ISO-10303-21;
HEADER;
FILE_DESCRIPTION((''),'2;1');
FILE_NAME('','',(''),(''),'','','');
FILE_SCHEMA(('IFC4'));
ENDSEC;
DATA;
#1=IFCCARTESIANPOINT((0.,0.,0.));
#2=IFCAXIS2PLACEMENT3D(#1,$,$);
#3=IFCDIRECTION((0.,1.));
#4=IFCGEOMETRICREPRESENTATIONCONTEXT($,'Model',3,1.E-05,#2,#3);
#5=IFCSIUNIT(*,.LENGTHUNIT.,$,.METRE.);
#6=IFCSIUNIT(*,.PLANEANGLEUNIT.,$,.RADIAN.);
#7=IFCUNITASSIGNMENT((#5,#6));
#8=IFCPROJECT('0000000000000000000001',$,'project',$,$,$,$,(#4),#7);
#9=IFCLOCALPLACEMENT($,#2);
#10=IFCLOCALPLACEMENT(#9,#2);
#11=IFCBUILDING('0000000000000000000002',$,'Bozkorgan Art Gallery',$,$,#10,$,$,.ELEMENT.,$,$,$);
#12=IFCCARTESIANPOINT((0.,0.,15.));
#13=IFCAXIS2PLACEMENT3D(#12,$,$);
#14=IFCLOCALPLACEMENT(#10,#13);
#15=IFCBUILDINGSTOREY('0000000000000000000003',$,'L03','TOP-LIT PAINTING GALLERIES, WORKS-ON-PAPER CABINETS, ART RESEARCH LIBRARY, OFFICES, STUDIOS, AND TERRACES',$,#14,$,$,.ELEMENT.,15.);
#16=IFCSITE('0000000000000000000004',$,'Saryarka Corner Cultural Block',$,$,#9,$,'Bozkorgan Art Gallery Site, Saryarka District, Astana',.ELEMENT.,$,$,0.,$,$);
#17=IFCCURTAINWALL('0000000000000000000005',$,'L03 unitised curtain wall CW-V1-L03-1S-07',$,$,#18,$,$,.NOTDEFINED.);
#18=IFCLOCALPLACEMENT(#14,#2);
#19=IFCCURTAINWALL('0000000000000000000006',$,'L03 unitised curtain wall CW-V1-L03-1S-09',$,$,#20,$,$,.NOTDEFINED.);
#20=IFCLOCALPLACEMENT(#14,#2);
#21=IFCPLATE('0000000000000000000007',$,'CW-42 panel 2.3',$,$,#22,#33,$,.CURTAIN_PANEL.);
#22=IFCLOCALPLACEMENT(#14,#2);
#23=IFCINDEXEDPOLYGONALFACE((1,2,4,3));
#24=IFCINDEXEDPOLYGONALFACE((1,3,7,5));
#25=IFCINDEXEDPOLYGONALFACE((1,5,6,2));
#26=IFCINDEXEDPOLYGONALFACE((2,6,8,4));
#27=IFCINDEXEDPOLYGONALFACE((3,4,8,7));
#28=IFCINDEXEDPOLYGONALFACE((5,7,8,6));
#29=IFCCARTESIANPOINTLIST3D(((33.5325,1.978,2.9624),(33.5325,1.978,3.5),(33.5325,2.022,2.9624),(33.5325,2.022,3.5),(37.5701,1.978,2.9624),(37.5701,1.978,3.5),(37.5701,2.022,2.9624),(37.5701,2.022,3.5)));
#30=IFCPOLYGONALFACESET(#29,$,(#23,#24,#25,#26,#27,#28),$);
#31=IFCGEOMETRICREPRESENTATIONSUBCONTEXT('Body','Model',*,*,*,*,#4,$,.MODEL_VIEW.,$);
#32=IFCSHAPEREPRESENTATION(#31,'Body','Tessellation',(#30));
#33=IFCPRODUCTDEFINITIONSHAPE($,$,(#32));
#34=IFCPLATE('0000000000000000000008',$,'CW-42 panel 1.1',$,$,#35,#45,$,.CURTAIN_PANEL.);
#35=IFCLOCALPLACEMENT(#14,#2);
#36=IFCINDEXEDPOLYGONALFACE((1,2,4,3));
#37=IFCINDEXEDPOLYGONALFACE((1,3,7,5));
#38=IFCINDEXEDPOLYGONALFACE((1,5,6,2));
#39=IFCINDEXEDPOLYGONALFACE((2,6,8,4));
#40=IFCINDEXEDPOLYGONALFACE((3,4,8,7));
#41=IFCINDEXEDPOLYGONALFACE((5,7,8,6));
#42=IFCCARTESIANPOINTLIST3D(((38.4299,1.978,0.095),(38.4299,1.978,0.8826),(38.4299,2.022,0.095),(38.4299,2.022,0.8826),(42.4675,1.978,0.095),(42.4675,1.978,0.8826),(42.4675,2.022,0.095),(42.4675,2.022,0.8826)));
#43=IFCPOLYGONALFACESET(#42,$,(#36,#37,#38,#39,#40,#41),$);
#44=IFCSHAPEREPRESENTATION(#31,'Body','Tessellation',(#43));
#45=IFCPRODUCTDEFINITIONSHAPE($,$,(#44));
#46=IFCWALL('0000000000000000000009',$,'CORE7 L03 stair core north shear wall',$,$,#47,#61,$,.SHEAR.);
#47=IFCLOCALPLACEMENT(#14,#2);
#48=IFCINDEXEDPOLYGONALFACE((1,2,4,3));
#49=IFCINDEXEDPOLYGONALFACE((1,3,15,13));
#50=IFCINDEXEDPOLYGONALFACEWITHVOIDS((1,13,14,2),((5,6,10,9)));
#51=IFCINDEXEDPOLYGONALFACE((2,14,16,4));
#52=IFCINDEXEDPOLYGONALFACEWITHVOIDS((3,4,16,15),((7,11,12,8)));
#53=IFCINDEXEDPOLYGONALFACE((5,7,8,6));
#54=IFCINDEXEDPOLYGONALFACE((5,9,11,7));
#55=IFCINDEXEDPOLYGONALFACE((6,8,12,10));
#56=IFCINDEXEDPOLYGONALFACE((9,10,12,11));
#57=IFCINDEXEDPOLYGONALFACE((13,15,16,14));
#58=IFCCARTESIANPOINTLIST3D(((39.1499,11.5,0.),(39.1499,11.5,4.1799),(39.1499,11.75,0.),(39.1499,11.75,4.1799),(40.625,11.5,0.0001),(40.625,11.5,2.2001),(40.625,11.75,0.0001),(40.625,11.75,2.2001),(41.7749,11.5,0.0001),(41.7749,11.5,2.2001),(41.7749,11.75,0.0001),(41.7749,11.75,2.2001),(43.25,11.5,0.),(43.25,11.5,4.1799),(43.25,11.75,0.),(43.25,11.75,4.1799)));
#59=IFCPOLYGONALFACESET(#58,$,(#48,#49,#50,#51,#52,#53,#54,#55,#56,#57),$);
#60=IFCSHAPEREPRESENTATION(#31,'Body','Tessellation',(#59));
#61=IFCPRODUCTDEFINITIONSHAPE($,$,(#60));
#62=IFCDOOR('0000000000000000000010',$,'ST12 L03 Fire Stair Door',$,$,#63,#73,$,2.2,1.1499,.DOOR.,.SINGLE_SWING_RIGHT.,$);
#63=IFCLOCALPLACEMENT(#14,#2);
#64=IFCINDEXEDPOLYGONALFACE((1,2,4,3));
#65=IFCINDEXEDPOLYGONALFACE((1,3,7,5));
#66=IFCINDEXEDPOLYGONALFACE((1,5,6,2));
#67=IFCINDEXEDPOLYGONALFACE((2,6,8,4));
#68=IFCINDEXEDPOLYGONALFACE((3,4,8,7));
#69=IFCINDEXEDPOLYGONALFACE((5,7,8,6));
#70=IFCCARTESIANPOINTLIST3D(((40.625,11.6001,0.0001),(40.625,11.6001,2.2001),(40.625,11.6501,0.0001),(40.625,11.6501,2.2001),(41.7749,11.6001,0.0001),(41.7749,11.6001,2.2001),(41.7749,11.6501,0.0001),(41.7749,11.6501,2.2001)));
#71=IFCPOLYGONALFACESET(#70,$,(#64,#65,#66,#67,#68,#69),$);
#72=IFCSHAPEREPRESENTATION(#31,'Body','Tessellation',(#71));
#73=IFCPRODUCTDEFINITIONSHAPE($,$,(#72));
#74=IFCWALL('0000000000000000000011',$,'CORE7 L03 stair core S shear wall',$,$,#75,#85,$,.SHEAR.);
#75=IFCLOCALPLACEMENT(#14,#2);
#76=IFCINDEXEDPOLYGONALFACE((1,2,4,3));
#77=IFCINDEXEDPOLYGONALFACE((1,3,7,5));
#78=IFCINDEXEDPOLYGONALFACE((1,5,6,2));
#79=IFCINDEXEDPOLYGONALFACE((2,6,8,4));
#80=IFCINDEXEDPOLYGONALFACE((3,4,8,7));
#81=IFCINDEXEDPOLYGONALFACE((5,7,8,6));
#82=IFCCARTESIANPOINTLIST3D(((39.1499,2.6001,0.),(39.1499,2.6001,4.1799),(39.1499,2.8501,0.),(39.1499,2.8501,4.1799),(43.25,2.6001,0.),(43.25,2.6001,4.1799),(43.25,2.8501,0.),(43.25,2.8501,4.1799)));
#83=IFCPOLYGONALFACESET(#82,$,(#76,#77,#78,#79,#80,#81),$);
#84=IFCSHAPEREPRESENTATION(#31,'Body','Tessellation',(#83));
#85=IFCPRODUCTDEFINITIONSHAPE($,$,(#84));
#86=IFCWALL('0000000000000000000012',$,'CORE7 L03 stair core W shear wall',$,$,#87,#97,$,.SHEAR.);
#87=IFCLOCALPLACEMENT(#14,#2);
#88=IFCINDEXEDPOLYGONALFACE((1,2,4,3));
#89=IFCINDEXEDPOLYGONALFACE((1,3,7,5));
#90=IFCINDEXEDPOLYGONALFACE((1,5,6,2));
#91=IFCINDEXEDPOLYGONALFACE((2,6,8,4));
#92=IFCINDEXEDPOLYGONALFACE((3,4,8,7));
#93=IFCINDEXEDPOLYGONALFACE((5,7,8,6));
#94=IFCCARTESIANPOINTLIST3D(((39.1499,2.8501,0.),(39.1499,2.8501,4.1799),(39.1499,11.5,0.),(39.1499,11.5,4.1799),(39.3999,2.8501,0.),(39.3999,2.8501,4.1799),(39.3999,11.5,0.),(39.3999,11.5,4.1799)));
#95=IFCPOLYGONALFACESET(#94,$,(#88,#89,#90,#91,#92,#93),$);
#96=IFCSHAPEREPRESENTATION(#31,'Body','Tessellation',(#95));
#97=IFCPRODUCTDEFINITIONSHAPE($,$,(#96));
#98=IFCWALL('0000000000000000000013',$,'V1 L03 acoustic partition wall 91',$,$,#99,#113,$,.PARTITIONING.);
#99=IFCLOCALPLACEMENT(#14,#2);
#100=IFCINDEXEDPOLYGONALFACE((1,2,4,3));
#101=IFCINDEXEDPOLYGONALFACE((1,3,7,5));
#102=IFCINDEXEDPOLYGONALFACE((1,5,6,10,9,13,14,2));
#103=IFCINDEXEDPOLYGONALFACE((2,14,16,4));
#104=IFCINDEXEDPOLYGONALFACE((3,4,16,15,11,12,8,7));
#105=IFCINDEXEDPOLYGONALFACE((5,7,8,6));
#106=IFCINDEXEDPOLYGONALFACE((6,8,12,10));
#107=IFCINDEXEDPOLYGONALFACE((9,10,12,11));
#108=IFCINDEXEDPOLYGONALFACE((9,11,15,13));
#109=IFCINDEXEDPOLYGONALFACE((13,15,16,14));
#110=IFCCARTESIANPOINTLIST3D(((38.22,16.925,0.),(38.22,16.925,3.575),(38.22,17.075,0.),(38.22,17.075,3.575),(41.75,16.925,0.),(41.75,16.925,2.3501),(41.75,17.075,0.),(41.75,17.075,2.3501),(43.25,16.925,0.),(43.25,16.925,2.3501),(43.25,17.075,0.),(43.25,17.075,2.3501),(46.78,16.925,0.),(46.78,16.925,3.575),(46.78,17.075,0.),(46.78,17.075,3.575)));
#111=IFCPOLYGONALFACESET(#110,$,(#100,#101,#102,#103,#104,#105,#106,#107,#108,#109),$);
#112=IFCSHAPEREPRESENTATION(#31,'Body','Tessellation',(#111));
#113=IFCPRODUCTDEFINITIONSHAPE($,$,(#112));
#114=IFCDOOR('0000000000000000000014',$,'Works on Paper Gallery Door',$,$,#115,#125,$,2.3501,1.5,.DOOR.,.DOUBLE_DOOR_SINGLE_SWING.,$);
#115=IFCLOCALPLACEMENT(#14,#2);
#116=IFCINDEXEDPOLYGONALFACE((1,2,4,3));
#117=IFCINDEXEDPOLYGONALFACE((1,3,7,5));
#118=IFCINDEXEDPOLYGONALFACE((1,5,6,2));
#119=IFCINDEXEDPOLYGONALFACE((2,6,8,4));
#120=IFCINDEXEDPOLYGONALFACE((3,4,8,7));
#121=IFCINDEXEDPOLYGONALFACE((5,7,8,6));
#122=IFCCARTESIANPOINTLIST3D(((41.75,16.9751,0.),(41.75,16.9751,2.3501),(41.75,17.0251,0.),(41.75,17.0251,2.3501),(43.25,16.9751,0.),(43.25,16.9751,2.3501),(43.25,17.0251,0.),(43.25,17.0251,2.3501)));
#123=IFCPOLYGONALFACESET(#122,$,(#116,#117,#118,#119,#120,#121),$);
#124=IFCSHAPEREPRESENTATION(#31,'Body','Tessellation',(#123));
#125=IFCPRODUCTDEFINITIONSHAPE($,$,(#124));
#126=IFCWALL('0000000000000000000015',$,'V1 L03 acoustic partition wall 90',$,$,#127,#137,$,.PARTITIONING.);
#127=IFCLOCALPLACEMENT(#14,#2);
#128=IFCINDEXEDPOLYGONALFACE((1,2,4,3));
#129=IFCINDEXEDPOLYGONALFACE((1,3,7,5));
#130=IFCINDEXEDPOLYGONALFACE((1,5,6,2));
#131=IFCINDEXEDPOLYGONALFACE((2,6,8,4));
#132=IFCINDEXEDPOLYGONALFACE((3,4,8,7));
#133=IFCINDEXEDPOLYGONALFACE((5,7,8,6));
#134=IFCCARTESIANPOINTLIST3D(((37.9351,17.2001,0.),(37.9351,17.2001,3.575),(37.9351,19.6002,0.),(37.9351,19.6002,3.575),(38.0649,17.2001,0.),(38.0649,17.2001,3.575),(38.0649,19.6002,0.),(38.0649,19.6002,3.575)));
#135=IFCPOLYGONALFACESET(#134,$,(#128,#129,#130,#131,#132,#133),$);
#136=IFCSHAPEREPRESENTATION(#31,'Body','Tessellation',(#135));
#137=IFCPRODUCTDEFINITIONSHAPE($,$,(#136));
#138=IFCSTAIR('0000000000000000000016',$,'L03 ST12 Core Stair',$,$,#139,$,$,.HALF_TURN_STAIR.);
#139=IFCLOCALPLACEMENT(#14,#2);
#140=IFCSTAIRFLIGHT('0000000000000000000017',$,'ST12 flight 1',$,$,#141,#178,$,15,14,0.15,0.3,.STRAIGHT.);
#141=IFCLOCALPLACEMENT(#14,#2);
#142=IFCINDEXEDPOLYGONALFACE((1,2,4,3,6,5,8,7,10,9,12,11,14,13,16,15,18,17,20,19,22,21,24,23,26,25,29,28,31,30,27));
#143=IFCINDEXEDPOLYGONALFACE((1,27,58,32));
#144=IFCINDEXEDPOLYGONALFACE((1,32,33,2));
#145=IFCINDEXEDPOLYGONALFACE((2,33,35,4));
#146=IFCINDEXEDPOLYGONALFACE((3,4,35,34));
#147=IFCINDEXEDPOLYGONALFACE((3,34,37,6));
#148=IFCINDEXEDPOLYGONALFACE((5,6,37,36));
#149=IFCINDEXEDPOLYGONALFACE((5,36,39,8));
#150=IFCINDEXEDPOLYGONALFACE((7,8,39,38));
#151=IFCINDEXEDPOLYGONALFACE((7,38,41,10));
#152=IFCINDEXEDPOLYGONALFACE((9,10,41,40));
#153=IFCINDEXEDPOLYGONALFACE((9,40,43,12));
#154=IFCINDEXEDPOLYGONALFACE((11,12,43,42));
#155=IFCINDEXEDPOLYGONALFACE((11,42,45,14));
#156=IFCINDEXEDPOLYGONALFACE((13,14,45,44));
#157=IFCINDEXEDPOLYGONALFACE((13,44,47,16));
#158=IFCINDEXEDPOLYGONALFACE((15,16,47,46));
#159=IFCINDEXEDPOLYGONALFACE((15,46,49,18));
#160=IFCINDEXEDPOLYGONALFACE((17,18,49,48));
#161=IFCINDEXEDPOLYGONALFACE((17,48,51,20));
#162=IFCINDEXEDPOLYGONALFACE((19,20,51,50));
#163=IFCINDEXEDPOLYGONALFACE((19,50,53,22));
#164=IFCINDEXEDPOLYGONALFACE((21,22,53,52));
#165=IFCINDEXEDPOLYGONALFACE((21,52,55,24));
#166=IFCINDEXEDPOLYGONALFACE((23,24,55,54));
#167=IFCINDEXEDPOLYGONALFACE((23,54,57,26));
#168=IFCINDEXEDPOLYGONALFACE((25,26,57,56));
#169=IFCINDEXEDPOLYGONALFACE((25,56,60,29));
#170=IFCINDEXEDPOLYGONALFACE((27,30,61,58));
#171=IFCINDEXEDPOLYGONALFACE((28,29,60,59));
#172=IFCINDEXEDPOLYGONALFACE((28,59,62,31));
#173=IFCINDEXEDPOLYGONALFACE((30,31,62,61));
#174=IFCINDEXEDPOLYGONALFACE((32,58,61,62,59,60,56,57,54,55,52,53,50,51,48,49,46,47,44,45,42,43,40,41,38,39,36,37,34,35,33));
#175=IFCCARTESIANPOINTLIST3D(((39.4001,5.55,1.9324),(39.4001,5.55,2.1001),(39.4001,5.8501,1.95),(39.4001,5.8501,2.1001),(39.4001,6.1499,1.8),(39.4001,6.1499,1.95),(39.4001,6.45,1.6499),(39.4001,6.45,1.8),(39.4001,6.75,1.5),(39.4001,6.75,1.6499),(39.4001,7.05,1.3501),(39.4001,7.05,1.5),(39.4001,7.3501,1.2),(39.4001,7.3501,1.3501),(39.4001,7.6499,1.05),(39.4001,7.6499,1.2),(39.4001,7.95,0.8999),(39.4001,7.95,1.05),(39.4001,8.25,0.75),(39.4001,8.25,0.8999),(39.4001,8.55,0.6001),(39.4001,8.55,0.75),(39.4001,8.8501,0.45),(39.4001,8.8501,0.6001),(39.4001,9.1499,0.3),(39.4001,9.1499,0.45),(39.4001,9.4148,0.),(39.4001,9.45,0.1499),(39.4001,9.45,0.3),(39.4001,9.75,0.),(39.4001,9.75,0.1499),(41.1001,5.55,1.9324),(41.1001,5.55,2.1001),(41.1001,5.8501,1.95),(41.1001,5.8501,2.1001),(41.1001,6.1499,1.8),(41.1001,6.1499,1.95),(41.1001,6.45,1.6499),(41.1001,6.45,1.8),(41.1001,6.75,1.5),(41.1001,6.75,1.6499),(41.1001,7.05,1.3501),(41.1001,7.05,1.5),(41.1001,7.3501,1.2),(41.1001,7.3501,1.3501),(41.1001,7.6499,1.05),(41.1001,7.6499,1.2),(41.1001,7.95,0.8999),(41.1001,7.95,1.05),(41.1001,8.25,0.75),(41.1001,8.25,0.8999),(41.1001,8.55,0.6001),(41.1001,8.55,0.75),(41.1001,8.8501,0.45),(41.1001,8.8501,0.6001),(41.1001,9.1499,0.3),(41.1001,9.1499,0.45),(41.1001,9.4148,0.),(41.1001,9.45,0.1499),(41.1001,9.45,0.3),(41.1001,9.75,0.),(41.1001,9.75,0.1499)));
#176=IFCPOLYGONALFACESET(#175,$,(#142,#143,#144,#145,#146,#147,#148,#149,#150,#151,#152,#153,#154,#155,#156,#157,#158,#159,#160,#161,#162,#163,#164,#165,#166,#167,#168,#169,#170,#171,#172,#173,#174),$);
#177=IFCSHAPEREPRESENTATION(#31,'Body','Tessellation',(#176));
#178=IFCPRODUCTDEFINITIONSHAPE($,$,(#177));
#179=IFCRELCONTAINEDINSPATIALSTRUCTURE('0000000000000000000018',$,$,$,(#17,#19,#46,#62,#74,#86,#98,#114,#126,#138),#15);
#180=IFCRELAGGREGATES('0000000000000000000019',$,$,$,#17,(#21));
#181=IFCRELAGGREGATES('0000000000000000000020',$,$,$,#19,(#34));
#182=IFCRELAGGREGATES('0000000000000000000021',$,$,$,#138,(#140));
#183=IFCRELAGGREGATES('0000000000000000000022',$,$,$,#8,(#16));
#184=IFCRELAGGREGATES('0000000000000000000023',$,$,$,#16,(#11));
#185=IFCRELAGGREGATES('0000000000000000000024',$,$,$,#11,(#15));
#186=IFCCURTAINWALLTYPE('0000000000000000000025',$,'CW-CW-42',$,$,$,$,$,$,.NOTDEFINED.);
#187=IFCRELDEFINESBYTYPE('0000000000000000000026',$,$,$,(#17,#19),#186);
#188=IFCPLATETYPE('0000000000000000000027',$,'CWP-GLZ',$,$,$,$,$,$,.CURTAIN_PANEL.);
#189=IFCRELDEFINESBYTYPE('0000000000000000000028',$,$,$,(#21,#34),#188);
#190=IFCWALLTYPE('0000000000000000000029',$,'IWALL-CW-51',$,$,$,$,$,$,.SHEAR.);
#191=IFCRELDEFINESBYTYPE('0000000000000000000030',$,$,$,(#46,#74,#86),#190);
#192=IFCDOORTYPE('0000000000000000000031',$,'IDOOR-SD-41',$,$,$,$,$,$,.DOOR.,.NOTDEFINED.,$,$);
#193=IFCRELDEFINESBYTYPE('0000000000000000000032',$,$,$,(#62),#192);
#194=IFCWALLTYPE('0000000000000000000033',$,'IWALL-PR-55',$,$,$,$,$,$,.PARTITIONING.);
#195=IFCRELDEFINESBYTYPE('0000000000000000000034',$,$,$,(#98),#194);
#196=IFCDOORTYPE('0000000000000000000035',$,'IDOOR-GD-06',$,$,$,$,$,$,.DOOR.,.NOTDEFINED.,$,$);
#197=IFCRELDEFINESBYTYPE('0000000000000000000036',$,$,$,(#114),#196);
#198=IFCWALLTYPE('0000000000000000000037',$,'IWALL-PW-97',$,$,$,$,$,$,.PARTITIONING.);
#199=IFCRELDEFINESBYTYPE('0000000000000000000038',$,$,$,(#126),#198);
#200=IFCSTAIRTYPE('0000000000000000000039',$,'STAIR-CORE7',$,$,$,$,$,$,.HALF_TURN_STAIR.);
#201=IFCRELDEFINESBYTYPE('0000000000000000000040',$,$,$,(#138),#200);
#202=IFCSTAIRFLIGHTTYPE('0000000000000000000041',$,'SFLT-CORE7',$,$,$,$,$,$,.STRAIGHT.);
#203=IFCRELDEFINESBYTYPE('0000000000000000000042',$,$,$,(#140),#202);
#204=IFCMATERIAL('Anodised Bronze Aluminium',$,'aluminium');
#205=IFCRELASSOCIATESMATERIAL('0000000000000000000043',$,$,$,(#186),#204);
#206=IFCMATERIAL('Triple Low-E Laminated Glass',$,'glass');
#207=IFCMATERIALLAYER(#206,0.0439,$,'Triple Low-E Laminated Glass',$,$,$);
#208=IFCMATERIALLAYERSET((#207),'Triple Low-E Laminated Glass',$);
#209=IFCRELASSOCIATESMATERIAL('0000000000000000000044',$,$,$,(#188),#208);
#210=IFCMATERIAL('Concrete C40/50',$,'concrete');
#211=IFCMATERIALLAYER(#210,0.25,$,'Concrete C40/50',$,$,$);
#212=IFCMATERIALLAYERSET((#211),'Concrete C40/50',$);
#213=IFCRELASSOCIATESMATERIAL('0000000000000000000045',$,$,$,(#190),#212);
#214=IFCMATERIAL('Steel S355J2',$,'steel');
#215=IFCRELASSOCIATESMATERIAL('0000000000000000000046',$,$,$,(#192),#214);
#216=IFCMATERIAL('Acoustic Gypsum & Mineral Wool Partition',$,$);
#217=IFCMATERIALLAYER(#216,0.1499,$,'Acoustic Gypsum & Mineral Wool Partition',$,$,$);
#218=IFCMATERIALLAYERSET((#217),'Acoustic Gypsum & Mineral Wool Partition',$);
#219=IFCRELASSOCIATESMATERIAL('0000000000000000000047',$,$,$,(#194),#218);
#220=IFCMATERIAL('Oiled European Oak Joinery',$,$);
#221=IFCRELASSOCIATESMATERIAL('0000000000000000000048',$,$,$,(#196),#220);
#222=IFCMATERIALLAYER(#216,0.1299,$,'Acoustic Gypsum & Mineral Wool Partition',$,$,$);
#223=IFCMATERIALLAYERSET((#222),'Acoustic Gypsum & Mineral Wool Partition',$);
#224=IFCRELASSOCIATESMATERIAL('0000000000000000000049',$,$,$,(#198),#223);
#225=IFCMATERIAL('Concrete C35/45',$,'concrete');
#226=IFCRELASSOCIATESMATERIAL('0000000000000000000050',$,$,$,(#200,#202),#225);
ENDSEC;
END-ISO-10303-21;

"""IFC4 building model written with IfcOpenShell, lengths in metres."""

from ifc_helpers import new_model, si_unit, direction, frame, frame_2d, origin, origin_2d, place, context, subcontext, project, spatial, polyline, rectangle, outline, extrude, material, layer, layer_set, type_object, element, fill, aggregate, save


model = new_model("IFC4")

# Units and contexts
model_context = context("Model", 3, precision=1e-05, world=origin(), true_north=direction((0.0, 1.0)))
body_context = subcontext(model_context, "Body", "Model", "MODEL_VIEW")
ifc_project = project(units=[si_unit("LENGTHUNIT", "METRE"), si_unit("PLANEANGLEUNIT", "RADIAN")], contexts=[model_context])

# Site, building, storey
site_placement = place(None, origin())
site = spatial("IfcSite", under=ifc_project, at=site_placement, Name="Saryarka Corner Cultural Block", LongName="Bozkorgan Art Gallery Site, Saryarka District, Astana", CompositionType="ELEMENT", RefElevation=0.0)
building_placement = place(site_placement, origin())
building = spatial("IfcBuilding", under=site, at=building_placement, Name="Bozkorgan Art Gallery", CompositionType="ELEMENT")
storey_placement = place(building_placement, frame((0.0, 0.0, 15.0)))
storey = spatial("IfcBuildingStorey", under=building, at=storey_placement, Name="L03", Description="TOP-LIT PAINTING GALLERIES, WORKS-ON-PAPER CABINETS, ART RESEARCH LIBRARY, OFFICES, STUDIOS, AND TERRACES", CompositionType="ELEMENT", Elevation=15.0)

# Shared definitions
ifc_material_1 = material(Name="Concrete C40/50", Category="concrete")

# Shared definitions
ifc_material_2 = material(Name="Steel S355J2", Category="steel")

# Curtain walls
ifc_material_3 = material(Name="Anodised Bronze Aluminium", Category="aluminium")
curtain_wall_type = type_object("IfcCurtainWallType", Name="CW-CW-42", PredefinedType="NOTDEFINED", material=ifc_material_3)
curtain_wall_1_placement = place(storey_placement, origin())
curtain_wall_1 = element("IfcCurtainWall", 1, at=curtain_wall_1_placement, inside=storey, type_object=curtain_wall_type, Name="L03 unitised curtain wall CW-V1-L03-1S-07", PredefinedType="NOTDEFINED")
curtain_wall_2_placement = place(storey_placement, origin())
curtain_wall_2 = element("IfcCurtainWall", 2, at=curtain_wall_2_placement, inside=storey, type_object=curtain_wall_type, Name="L03 unitised curtain wall CW-V1-L03-1S-09", PredefinedType="NOTDEFINED")

# Plates
ifc_material_4 = material(Name="Triple Low-E Laminated Glass", Category="glass")
ifc_layer_1 = layer(ifc_material_4, 0.0439, Name="Triple Low-E Laminated Glass")
ifc_layer_set_1 = layer_set([ifc_layer_1], Name="Triple Low-E Laminated Glass")
plate_type = type_object("IfcPlateType", Name="CWP-GLZ", PredefinedType="CURTAIN_PANEL", material=ifc_layer_set_1)
plate_1_placement = place(storey_placement, frame((35.5513, 2.0, 2.9624), z_axis=(0.0, 0.0, 1.0), x_axis=(1.0, 0.0, 0.0)))
plate_1 = element("IfcPlate", 3, at=plate_1_placement, type_object=plate_type, Name="CW-42 panel 2.3", PredefinedType="CURTAIN_PANEL", context=body_context, shape_type="SweptSolid", body=[
    extrude(rectangle(XDim=4.0376, YDim=0.0439, at=origin_2d()), origin(), (0.0, 0.0, 1.0), 0.5376),
])
aggregate(curtain_wall_1, [plate_1])
plate_2_placement = place(storey_placement, frame((40.4487, 2.0, 0.095), z_axis=(0.0, 0.0, 1.0), x_axis=(1.0, 0.0, 0.0)))
plate_2 = element("IfcPlate", 4, at=plate_2_placement, type_object=plate_type, Name="CW-42 panel 1.1", PredefinedType="CURTAIN_PANEL", context=body_context, shape_type="SweptSolid", body=[
    extrude(rectangle(XDim=4.0376, YDim=0.0439, at=origin_2d()), origin(), (0.0, 0.0, 1.0), 0.7876),
])
aggregate(curtain_wall_2, [plate_2])

# Wall, opening, door
ifc_layer_2 = layer(ifc_material_1, 0.25, Name="Concrete C40/50")
ifc_layer_set_2 = layer_set([ifc_layer_2], Name="Concrete C40/50")
wall_type_1 = type_object("IfcWallType", Name="IWALL-CW-51", PredefinedType="SHEAR", material=ifc_layer_set_2)
wall_1_placement = place(storey_placement, frame((39.1499, 11.625, 0.0), z_axis=(0.0, 0.0, 1.0), x_axis=(1.0, 0.0, 0.0)))
wall_1 = element("IfcWall", 5, at=wall_1_placement, inside=storey, type_object=wall_type_1, Name="CORE7 L03 stair core north shear wall", PredefinedType="SHEAR", context=body_context, shape_type="SweptSolid", body=[
    extrude(rectangle(XDim=4.1001, YDim=0.25, at=frame_2d((2.05, 0.0))), origin(), (0.0, 0.0, 1.0), 4.1799),
])
opening_1_placement = place(wall_1_placement, frame((2.625, 0.0, 0.0), z_axis=(0.0, 0.0, 1.0), x_axis=(-1.0, 0.0, 0.0)))
opening_1 = element("IfcOpeningElement", 6, at=opening_1_placement, cuts=wall_1, PredefinedType="OPENING", context=body_context, shape_type="SweptSolid", body=[
    extrude(rectangle(XDim=1.1499, YDim=2.2, at=frame_2d((0.575, 1.1001))), frame((0.0, 0.135, 0.0), z_axis=(0.0, -1.0, 0.0), x_axis=(1.0, 0.0, 0.0)), (0.0, 0.0, 1.0), 0.27),
])
door_type_1 = type_object("IfcDoorType", Name="IDOOR-SD-41", OperationType="NOTDEFINED", PredefinedType="DOOR", material=ifc_material_2)
door_1_placement = place(opening_1_placement, origin())
door_1 = element("IfcDoor", 7, at=door_1_placement, inside=storey, type_object=door_type_1, Name="ST12 L03 Fire Stair Door", OperationType="SINGLE_SWING_RIGHT", OverallHeight=2.2, OverallWidth=1.1499, PredefinedType="DOOR", context=body_context, shape_type="SweptSolid", body=[
    extrude(rectangle(XDim=1.1499, YDim=2.2, at=frame_2d((0.575, 1.1001))), frame((0.0, 0.0249, 0.0), z_axis=(0.0, -1.0, 0.0), x_axis=(1.0, 0.0, 0.0)), (0.0, 0.0, 1.0), 0.05),
])
fill(opening_1, door_1)

# Walls
wall_2_placement = place(storey_placement, frame((39.1499, 2.7251, 0.0), z_axis=(0.0, 0.0, 1.0), x_axis=(1.0, 0.0, 0.0)))
element("IfcWall", 8, at=wall_2_placement, inside=storey, type_object=wall_type_1, Name="CORE7 L03 stair core S shear wall", PredefinedType="SHEAR", context=body_context, shape_type="SweptSolid", body=[
    extrude(rectangle(XDim=4.1001, YDim=0.25, at=frame_2d((2.05, 0.0))), origin(), (0.0, 0.0, 1.0), 4.1799),
])
wall_3_placement = place(storey_placement, frame((39.2749, 2.8501, 0.0), z_axis=(0.0, 0.0, 1.0), x_axis=(0.0, 1.0, 0.0)))
element("IfcWall", 9, at=wall_3_placement, inside=storey, type_object=wall_type_1, Name="CORE7 L03 stair core W shear wall", PredefinedType="SHEAR", context=body_context, shape_type="SweptSolid", body=[
    extrude(rectangle(XDim=8.6499, YDim=0.25, at=frame_2d((4.325, 0.0))), origin(), (0.0, 0.0, 1.0), 4.1799),
])

# Wall, opening, door
ifc_material_5 = material(Name="Acoustic Gypsum & Mineral Wool Partition")
ifc_layer_3 = layer(ifc_material_5, 0.1499, Name="Acoustic Gypsum & Mineral Wool Partition")
ifc_layer_set_3 = layer_set([ifc_layer_3], Name="Acoustic Gypsum & Mineral Wool Partition")
wall_type_2 = type_object("IfcWallType", Name="IWALL-PR-55", PredefinedType="PARTITIONING", material=ifc_layer_set_3)
wall_4_placement = place(storey_placement, frame((38.22, 17.0, 0.0), z_axis=(0.0, 0.0, 1.0), x_axis=(1.0, 0.0, 0.0)))
wall_4 = element("IfcWall", 10, at=wall_4_placement, inside=storey, type_object=wall_type_2, Name="V1 L03 acoustic partition wall 91", PredefinedType="PARTITIONING", context=body_context, shape_type="SweptSolid", body=[
    extrude(rectangle(XDim=8.5601, YDim=0.1499, at=frame_2d((4.28, 0.0))), origin(), (0.0, 0.0, 1.0), 3.575),
])
opening_2_placement = place(wall_4_placement, frame((5.03, 0.0, 0.0), z_axis=(0.0, 0.0, 1.0), x_axis=(-1.0, 0.0, 0.0)))
opening_2 = element("IfcOpeningElement", 11, at=opening_2_placement, cuts=wall_4, PredefinedType="OPENING", context=body_context, shape_type="SweptSolid", body=[
    extrude(rectangle(XDim=1.5, YDim=2.3501, at=frame_2d((0.75, 1.175))), frame((0.0, 0.085, 0.0), z_axis=(0.0, -1.0, 0.0), x_axis=(1.0, 0.0, 0.0)), (0.0, 0.0, 1.0), 0.1699),
])
ifc_material_6 = material(Name="Oiled European Oak Joinery")
door_type_2 = type_object("IfcDoorType", Name="IDOOR-GD-06", OperationType="NOTDEFINED", PredefinedType="DOOR", material=ifc_material_6)
door_2_placement = place(opening_2_placement, origin())
door_2 = element("IfcDoor", 12, at=door_2_placement, inside=storey, type_object=door_type_2, Name="Works on Paper Gallery Door", OperationType="DOUBLE_DOOR_SINGLE_SWING", OverallHeight=2.3501, OverallWidth=1.5, PredefinedType="DOOR", context=body_context, shape_type="SweptSolid", body=[
    extrude(rectangle(XDim=1.5, YDim=2.3501, at=frame_2d((0.75, 1.175))), frame((0.0, 0.0249, 0.0), z_axis=(0.0, -1.0, 0.0), x_axis=(1.0, 0.0, 0.0)), (0.0, 0.0, 1.0), 0.05),
])
fill(opening_2, door_2)

# Wall
ifc_layer_4 = layer(ifc_material_5, 0.1299, Name="Acoustic Gypsum & Mineral Wool Partition")
ifc_layer_set_4 = layer_set([ifc_layer_4], Name="Acoustic Gypsum & Mineral Wool Partition")
wall_type_3 = type_object("IfcWallType", Name="IWALL-PW-97", PredefinedType="PARTITIONING", material=ifc_layer_set_4)
wall_5_placement = place(storey_placement, frame((38.0, 17.2, 0.0), z_axis=(0.0, 0.0, 1.0), x_axis=(0.0, 1.0, 0.0)))
element("IfcWall", 13, at=wall_5_placement, inside=storey, type_object=wall_type_3, Name="V1 L03 acoustic partition wall 90", PredefinedType="PARTITIONING", context=body_context, shape_type="SweptSolid", body=[
    extrude(rectangle(XDim=2.4001, YDim=0.1299, at=frame_2d((1.2002, 0.0))), origin(), (0.0, 0.0, 1.0), 3.575),
])

# Stair, stair flight
ifc_material_7 = material(Name="Concrete C35/45", Category="concrete")
stair_type = type_object("IfcStairType", Name="STAIR-CORE7", PredefinedType="HALF_TURN_STAIR", material=ifc_material_7)
stair_placement = place(storey_placement, origin())
stair = element("IfcStair", 14, at=stair_placement, inside=storey, type_object=stair_type, Name="L03 ST12 Core Stair", PredefinedType="HALF_TURN_STAIR")
stair_flight_type = type_object("IfcStairFlightType", Name="SFLT-CORE7", PredefinedType="STRAIGHT", material=ifc_material_7)
stair_flight_placement = place(storey_placement, frame((40.25, 9.75, 0.0), z_axis=(0.0, 0.0, 1.0), x_axis=(0.0, -1.0, 0.0)))
stair_flight = element("IfcStairFlight", 15, at=stair_flight_placement, type_object=stair_flight_type, Name="ST12 flight 1", NumberOfRisers=15, NumberOfTreads=14, PredefinedType="STRAIGHT", RiserHeight=0.15, TreadLength=0.3, context=body_context, shape_type="SweptSolid", body=[
    extrude(outline(polyline([(0.0, 0.0), (0.0, 0.1499), (0.3, 0.1499), (0.3, 0.3), (0.6001, 0.3), (0.6001, 0.45), (0.8999, 0.45), (0.8999, 0.6001), (1.2, 0.6001), (1.2, 0.75), (1.5, 0.75), (1.5, 0.8999), (1.8, 0.8999), (1.8, 1.05), (2.1001, 1.05), (2.1001, 1.2), (2.3999, 1.2), (2.3999, 1.3501), (2.7, 1.3501), (2.7, 1.5), (3.0, 1.5), (3.0, 1.6499), (3.3, 1.6499), (3.3, 1.8), (3.6001, 1.8), (3.6001, 1.95), (3.8999, 1.95), (3.8999, 2.1001), (4.2, 2.1001), (4.2, 2.25), (4.2, 1.9324), (0.3352, 0.0), (0.0, 0.0)])), frame((0.0, 0.8501, 0.0), z_axis=(0.0, -1.0, 0.0), x_axis=(1.0, 0.0, 0.0)), (0.0, 0.0, 1.0), 1.7),
])
aggregate(stair, [stair_flight])

save(model, "model.ifc")
